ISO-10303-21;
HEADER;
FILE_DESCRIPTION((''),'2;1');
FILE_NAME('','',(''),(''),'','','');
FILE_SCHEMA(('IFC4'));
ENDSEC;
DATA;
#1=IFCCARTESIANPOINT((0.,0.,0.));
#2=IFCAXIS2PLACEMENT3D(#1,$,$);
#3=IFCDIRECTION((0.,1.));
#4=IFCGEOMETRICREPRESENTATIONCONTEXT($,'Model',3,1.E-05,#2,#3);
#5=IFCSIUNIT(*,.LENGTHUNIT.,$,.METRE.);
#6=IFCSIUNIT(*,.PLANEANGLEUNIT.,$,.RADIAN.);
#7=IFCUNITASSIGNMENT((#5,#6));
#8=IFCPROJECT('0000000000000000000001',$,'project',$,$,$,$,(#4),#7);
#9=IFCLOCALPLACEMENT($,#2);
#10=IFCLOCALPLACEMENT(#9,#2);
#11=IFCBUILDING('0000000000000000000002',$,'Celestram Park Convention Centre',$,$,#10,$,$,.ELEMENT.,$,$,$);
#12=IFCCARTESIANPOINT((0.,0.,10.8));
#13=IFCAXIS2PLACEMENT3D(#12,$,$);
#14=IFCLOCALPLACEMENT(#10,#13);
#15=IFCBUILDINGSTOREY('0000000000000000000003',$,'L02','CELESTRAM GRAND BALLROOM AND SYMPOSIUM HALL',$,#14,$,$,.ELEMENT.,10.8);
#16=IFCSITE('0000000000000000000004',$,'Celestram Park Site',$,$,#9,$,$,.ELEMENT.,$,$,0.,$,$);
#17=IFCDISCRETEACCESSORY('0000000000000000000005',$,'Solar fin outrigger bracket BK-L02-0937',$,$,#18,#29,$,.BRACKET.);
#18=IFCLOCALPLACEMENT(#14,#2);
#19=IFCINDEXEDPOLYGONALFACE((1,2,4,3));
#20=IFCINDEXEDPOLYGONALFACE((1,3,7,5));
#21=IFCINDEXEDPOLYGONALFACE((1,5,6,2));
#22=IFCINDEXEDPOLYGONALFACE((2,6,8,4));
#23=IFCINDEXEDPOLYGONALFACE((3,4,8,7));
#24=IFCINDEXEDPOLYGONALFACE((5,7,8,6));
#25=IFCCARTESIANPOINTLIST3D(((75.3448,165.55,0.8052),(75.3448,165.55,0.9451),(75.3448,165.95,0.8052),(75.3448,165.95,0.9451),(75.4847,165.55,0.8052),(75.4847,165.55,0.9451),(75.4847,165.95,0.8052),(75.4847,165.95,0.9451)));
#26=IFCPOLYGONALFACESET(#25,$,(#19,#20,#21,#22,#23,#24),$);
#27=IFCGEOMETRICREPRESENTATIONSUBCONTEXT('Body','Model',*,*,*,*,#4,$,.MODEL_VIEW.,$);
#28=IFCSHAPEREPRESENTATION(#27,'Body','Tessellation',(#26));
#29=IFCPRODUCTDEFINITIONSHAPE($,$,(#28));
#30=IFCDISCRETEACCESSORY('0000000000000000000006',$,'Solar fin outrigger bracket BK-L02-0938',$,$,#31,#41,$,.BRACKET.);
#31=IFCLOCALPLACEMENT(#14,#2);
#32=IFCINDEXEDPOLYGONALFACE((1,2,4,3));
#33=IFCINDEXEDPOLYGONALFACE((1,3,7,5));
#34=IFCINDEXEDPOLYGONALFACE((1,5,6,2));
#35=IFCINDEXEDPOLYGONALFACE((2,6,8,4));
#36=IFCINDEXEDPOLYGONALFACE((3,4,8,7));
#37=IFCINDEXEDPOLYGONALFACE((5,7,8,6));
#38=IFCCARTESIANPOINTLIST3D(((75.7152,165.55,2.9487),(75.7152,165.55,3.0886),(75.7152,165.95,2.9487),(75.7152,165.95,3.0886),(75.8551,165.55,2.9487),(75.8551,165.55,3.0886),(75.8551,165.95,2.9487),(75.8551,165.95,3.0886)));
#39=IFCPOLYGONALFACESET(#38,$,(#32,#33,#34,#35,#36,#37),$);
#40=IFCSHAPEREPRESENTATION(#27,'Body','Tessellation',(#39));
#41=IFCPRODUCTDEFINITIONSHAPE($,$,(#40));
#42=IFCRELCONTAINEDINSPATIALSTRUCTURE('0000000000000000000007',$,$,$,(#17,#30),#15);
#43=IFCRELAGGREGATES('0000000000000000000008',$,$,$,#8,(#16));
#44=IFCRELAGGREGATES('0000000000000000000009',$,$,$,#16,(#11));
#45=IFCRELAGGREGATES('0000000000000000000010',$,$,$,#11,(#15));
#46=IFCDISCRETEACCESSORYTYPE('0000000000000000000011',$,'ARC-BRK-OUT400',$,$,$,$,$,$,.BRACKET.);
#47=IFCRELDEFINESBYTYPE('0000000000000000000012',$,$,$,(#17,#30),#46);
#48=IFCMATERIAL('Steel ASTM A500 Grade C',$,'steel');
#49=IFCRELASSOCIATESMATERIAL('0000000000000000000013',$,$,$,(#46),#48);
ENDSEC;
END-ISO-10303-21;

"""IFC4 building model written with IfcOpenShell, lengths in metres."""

from ifc_helpers import new_model, si_unit, direction, frame, origin, origin_2d, place, context, subcontext, project, spatial, rectangle, extrude, material, type_object, element, save


model = new_model("IFC4")

# Units and contexts
model_context = context("Model", 3, precision=1e-05, world=origin(), true_north=direction((0.0, 1.0)))
body_context = subcontext(model_context, "Body", "Model", "MODEL_VIEW")
ifc_project = project(units=[si_unit("LENGTHUNIT", "METRE"), si_unit("PLANEANGLEUNIT", "RADIAN")], contexts=[model_context])

# Site, building, storey
site_placement = place(None, origin())
site = spatial("IfcSite", under=ifc_project, at=site_placement, Name="Celestram Park Site", CompositionType="ELEMENT", RefElevation=0.0)
building_placement = place(site_placement, origin())
building = spatial("IfcBuilding", under=site, at=building_placement, Name="Celestram Park Convention Centre", CompositionType="ELEMENT")
storey_placement = place(building_placement, frame((0.0, 0.0, 10.8)))
storey = spatial("IfcBuildingStorey", under=building, at=storey_placement, Name="L02", Description="CELESTRAM GRAND BALLROOM AND SYMPOSIUM HALL", CompositionType="ELEMENT", Elevation=10.8)

# Discrete accessories
ifc_material_1 = material(Name="Steel ASTM A500 Grade C", Category="steel")
discrete_accessory_type = type_object("IfcDiscreteAccessoryType", Name="ARC-BRK-OUT400", PredefinedType="BRACKET", material=ifc_material_1)
for number, where, z_axis, x_axis, name in (
    (1, (75.4148, 165.75, 0.8052), (0.0, 0.0, 1.0), (0.0, 1.0, 0.0), "Solar fin outrigger bracket BK-L02-0937"),
    (2, (75.7852, 165.75, 2.9487), (0.0, 0.0, 1.0), (0.0, 1.0, 0.0), "Solar fin outrigger bracket BK-L02-0938"),
):
    element("IfcDiscreteAccessory", number, at=place(storey_placement, frame(where, z_axis=z_axis, x_axis=x_axis)), inside=storey, type_object=discrete_accessory_type, Name=name, PredefinedType="BRACKET", context=body_context, shape_type="SweptSolid", body=[
        extrude(rectangle(XDim=0.3999, YDim=0.1399, at=origin_2d()), origin(), (0.0, 0.0, 1.0), 0.1399),
    ])

save(model, "model.ifc")
